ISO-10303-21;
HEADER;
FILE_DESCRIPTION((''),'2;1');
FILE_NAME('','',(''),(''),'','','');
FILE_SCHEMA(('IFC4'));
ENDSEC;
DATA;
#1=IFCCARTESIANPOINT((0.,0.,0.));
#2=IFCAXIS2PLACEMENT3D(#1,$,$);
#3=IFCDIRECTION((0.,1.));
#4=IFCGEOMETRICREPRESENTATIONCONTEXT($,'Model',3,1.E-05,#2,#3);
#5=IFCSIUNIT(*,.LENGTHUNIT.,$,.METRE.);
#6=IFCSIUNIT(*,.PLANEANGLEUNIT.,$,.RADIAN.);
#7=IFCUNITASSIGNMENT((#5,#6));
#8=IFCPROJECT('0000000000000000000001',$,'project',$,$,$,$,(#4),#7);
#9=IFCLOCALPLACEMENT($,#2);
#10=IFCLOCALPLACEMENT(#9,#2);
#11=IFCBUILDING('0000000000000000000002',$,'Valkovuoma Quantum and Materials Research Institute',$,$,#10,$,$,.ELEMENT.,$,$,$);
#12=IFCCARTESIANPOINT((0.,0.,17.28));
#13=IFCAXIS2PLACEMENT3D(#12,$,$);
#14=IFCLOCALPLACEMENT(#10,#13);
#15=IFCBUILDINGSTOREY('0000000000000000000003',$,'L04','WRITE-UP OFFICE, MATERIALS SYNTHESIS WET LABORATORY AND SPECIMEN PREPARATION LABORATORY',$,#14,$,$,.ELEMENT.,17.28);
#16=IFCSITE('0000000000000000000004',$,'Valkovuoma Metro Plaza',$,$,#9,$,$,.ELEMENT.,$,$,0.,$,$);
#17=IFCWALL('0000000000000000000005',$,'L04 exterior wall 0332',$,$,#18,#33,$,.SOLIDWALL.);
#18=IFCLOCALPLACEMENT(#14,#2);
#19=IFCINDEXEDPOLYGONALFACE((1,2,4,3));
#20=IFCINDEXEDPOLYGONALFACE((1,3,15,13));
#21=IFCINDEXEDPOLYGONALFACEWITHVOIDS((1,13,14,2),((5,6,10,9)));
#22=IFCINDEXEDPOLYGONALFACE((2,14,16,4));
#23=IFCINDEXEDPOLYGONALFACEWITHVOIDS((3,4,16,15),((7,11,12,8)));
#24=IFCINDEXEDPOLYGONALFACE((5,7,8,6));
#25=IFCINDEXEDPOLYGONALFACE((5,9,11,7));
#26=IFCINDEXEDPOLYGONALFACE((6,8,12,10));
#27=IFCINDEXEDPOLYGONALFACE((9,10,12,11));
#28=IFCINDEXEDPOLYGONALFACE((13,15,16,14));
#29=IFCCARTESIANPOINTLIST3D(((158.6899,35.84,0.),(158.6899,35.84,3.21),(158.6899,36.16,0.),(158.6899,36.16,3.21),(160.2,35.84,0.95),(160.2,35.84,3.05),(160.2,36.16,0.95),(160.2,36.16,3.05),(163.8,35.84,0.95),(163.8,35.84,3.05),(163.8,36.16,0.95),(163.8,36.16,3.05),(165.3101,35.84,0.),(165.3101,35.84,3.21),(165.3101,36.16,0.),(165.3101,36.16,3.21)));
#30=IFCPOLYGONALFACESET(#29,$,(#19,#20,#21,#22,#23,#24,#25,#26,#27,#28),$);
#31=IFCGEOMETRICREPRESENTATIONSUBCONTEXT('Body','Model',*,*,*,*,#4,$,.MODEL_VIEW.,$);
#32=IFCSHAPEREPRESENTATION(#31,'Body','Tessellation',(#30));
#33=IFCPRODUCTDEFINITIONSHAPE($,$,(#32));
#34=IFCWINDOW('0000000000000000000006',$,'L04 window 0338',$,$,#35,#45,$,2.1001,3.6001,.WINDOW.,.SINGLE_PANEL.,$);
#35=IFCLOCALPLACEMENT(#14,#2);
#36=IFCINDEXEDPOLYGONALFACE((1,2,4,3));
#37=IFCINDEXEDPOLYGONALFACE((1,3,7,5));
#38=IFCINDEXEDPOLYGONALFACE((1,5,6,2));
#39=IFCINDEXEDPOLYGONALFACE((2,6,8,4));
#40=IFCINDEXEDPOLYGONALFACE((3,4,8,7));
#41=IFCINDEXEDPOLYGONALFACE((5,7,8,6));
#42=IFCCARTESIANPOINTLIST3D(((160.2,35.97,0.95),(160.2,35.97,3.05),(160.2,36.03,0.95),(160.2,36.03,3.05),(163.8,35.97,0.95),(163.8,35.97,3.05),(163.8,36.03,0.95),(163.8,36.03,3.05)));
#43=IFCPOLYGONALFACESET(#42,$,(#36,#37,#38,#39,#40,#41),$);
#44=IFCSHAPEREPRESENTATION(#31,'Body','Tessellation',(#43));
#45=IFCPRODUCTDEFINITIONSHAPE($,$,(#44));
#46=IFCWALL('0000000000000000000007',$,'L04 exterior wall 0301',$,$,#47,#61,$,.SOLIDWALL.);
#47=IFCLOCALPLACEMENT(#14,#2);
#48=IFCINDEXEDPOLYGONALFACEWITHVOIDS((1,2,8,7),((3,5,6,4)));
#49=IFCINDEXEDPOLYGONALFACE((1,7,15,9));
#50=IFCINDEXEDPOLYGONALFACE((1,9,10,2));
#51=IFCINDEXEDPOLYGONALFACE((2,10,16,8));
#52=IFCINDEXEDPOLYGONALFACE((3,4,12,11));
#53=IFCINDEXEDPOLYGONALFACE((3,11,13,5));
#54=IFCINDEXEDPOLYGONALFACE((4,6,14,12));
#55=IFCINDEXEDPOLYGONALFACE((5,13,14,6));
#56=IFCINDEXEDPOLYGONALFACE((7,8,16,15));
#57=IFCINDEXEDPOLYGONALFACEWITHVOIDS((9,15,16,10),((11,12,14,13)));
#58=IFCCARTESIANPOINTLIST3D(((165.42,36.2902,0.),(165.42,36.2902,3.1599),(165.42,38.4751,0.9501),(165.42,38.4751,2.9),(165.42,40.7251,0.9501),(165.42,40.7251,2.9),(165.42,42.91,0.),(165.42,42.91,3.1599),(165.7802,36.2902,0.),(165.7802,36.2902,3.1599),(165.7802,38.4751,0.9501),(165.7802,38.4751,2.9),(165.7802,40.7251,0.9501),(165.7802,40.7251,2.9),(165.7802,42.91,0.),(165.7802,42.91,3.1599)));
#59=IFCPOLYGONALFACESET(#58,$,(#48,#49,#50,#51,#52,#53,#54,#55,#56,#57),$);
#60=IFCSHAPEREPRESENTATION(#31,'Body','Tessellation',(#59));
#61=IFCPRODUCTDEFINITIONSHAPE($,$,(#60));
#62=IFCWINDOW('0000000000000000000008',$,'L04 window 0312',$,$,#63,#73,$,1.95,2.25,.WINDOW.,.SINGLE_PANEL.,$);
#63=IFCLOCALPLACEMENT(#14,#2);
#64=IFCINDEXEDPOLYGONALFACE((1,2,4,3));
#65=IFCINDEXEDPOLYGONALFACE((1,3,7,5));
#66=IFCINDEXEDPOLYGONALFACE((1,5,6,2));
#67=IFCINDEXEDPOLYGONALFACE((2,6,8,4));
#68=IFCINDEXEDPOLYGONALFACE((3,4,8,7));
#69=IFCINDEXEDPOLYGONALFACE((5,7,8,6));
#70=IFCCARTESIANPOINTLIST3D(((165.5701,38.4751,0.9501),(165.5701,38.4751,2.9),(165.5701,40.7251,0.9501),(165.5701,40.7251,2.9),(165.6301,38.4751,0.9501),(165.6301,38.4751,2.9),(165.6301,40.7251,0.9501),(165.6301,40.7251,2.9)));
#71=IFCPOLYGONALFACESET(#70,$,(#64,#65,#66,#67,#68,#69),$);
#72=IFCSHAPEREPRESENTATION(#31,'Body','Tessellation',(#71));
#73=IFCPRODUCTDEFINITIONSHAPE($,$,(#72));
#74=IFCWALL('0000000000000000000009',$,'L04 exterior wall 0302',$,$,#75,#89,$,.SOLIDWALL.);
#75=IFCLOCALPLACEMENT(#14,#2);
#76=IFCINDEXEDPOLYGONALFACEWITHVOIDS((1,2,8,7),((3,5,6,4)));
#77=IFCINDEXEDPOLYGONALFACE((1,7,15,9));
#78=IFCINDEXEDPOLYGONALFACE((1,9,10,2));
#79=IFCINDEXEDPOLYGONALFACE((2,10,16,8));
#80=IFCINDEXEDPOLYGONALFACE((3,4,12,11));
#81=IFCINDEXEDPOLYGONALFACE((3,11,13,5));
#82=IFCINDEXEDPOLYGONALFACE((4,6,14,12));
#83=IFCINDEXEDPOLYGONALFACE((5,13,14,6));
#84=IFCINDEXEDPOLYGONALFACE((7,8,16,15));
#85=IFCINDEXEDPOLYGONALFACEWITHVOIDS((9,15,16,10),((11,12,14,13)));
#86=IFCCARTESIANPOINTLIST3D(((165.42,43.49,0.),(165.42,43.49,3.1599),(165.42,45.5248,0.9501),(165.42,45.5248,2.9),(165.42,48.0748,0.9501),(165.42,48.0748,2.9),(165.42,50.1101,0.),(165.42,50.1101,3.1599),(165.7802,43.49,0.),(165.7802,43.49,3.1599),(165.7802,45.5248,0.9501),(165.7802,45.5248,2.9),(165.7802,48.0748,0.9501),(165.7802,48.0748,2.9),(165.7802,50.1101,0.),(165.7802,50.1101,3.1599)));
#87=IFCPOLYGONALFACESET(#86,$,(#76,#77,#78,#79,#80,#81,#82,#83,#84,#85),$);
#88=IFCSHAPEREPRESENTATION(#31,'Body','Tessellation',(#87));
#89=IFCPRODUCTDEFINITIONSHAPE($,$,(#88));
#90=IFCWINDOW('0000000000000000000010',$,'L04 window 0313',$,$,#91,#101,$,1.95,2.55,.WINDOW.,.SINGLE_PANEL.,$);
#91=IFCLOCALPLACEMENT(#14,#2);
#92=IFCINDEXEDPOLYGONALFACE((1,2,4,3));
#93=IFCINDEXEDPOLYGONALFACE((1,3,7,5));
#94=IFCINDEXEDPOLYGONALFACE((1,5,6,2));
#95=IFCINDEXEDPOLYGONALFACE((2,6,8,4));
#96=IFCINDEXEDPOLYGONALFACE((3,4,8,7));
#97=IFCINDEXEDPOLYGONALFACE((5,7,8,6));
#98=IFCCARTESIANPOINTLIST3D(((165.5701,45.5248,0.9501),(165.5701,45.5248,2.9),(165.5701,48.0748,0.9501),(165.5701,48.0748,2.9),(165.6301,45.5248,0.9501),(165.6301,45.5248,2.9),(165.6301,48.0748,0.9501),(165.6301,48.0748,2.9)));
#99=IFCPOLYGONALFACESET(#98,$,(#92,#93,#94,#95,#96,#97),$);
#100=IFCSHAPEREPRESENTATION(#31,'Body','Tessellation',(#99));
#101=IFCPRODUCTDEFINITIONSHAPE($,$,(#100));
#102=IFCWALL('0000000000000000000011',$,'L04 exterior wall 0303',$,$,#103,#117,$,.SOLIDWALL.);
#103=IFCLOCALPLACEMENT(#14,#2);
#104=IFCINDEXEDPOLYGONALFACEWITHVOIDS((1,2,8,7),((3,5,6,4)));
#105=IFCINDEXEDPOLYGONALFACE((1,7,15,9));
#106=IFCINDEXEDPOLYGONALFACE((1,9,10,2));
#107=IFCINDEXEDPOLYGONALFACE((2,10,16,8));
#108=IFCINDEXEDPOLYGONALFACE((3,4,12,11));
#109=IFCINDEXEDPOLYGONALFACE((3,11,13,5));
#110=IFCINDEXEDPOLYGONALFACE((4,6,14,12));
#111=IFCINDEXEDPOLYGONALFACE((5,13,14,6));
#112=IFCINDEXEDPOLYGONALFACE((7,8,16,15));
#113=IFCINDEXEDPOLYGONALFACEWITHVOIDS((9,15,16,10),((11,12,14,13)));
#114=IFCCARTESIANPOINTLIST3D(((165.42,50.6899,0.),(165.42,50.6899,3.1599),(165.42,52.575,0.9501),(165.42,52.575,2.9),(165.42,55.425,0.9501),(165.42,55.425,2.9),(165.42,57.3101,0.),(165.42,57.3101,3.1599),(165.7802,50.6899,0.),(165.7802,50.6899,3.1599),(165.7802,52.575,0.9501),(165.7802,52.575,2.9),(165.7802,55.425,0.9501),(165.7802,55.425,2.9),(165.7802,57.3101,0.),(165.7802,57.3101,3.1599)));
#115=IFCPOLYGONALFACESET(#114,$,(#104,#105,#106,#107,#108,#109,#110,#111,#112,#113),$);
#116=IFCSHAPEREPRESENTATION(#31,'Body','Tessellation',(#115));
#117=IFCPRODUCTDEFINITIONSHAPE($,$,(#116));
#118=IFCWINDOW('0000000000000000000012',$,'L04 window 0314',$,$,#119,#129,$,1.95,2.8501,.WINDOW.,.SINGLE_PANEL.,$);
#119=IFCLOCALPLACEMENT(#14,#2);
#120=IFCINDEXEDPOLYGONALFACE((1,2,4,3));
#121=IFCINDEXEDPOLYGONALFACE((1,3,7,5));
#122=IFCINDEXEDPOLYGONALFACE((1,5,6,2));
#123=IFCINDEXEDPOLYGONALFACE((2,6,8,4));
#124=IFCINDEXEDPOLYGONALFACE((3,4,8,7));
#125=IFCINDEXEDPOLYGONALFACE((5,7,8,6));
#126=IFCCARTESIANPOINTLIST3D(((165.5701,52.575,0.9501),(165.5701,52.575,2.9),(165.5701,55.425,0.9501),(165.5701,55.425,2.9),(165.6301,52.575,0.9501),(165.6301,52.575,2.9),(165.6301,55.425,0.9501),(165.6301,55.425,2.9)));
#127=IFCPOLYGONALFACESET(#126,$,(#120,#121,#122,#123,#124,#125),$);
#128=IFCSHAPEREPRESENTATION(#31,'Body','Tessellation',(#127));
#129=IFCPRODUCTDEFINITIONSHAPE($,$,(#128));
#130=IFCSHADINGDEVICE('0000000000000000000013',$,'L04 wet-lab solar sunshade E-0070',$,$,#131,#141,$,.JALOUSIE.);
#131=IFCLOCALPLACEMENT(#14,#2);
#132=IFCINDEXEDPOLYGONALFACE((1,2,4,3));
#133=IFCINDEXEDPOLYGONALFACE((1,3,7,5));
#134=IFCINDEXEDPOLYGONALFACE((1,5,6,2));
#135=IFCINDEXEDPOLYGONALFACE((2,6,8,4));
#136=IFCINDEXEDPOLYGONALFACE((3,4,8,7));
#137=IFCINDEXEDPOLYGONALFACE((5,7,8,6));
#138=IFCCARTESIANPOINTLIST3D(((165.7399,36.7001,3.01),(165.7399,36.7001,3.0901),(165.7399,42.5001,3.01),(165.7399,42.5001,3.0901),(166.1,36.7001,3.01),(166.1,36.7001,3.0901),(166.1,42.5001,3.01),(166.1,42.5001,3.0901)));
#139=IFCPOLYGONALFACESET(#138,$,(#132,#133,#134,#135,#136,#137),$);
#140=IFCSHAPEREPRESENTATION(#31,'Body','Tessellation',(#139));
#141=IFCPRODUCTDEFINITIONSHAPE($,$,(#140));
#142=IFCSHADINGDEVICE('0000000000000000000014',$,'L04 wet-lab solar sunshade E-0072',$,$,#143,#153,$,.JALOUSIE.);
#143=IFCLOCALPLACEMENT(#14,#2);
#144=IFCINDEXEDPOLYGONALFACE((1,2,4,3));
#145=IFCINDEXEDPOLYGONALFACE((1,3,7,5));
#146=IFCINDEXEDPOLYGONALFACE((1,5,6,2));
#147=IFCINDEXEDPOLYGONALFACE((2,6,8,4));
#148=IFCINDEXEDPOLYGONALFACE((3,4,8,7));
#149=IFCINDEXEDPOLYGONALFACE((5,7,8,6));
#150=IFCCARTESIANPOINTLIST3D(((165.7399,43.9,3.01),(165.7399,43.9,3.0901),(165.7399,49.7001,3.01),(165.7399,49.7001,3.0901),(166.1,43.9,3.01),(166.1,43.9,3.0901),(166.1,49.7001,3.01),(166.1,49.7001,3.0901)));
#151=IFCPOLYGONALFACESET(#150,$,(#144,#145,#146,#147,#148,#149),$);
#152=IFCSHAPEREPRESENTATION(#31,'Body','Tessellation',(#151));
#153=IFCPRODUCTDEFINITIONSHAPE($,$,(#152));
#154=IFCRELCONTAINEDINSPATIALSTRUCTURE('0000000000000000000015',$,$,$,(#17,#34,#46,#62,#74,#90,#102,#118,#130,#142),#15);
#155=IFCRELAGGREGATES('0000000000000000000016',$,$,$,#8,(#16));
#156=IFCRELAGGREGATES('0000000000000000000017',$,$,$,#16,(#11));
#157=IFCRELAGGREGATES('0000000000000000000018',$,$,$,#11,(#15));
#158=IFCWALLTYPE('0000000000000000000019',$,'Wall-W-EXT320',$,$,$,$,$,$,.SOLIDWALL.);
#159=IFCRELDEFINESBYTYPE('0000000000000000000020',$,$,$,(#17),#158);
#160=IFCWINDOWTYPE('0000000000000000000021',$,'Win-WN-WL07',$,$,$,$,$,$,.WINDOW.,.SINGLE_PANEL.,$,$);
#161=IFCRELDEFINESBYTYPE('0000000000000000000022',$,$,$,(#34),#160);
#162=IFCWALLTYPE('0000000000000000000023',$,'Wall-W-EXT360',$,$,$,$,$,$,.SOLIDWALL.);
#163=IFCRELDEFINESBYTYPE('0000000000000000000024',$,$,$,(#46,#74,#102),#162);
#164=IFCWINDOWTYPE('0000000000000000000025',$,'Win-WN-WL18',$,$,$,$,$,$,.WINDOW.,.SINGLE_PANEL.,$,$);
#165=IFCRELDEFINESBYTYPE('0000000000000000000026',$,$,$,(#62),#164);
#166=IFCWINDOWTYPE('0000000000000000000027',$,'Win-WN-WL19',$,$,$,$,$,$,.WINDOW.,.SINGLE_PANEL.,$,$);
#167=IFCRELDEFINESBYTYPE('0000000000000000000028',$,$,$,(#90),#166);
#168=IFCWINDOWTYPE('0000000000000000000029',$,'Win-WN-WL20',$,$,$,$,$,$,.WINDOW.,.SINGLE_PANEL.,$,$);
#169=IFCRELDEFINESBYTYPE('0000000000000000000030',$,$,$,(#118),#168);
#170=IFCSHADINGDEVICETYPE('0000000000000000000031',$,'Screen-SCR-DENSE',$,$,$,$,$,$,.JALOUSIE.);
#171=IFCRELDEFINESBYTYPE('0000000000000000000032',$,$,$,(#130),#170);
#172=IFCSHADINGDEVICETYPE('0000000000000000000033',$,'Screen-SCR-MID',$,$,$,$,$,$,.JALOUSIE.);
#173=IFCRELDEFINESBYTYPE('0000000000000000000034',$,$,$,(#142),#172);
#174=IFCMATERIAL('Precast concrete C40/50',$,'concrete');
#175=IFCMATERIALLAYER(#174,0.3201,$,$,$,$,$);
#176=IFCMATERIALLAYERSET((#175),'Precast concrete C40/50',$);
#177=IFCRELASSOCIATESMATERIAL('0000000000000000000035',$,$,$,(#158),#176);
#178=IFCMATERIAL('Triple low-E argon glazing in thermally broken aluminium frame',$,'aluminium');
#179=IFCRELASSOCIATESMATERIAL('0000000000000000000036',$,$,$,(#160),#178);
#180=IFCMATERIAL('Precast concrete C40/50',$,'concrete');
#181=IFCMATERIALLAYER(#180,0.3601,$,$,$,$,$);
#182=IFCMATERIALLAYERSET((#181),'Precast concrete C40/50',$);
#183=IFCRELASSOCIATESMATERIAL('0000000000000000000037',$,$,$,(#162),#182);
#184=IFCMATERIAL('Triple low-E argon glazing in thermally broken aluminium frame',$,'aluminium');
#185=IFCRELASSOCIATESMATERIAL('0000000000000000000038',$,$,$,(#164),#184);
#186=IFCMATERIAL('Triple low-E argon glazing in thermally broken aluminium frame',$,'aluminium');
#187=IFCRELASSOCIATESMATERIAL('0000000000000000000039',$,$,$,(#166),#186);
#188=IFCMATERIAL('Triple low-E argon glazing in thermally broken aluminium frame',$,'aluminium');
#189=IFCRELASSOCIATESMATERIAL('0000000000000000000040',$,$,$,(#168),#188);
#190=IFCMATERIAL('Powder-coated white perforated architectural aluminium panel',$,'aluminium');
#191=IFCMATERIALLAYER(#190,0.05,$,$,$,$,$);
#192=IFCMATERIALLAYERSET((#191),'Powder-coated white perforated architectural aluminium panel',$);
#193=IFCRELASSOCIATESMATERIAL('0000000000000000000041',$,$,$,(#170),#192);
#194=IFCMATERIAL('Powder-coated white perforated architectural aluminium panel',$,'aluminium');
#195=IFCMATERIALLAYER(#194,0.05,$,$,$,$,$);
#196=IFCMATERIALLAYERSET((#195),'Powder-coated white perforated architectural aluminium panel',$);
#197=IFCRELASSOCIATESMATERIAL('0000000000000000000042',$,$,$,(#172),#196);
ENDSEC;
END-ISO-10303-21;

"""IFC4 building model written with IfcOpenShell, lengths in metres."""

from ifc_helpers import new_model, si_unit, direction, frame, frame_2d, origin, origin_2d, place, context, subcontext, project, spatial, rectangle, extrude, material, layer, layer_set, type_object, element, fill, save


model = new_model("IFC4")

# Units and contexts
model_context = context("Model", 3, precision=1e-05, world=origin(), true_north=direction((0.0, 1.0)))
body_context = subcontext(model_context, "Body", "Model", "MODEL_VIEW")
ifc_project = project(units=[si_unit("LENGTHUNIT", "METRE"), si_unit("PLANEANGLEUNIT", "RADIAN")], contexts=[model_context])

# Site, building, storey
site_placement = place(None, origin())
site = spatial("IfcSite", under=ifc_project, at=site_placement, Name="Valkovuoma Metro Plaza", CompositionType="ELEMENT", RefElevation=0.0)
building_placement = place(site_placement, origin())
building = spatial("IfcBuilding", under=site, at=building_placement, Name="Valkovuoma Quantum and Materials Research Institute", CompositionType="ELEMENT")
storey_placement = place(building_placement, frame((0.0, 0.0, 17.28)))
storey = spatial("IfcBuildingStorey", under=building, at=storey_placement, Name="L04", Description="WRITE-UP OFFICE, MATERIALS SYNTHESIS WET LABORATORY AND SPECIMEN PREPARATION LABORATORY", CompositionType="ELEMENT", Elevation=17.28)

# Walls, openings, windows
ifc_material_1 = material(Name="Precast concrete C40/50", Category="concrete")
ifc_layer_1 = layer(ifc_material_1, 0.3201)
ifc_layer_set_1 = layer_set([ifc_layer_1], Name="Precast concrete C40/50")
wall_type_1 = type_object("IfcWallType", Name="Wall-W-EXT320", PredefinedType="SOLIDWALL", material=ifc_layer_set_1)
wall_1_placement = place(storey_placement, frame((158.6899, 36.0, 0.0), z_axis=(0.0, 0.0, 1.0), x_axis=(1.0, 0.0, 0.0)))
wall_1 = element("IfcWall", 1, at=wall_1_placement, inside=storey, type_object=wall_type_1, Name="L04 exterior wall 0332", PredefinedType="SOLIDWALL", context=body_context, shape_type="SweptSolid", body=[
    extrude(rectangle(XDim=6.6201, YDim=0.3201, at=frame_2d((3.3101, 0.0))), origin(), (0.0, 0.0, 1.0), 3.21),
])
opening_1_placement = place(wall_1_placement, frame((1.51, 0.0, 0.95)))
opening_1 = element("IfcOpeningElement", 2, at=opening_1_placement, cuts=wall_1, PredefinedType="OPENING", context=body_context, shape_type="SweptSolid", body=[
    extrude(rectangle(XDim=3.6001, YDim=2.1001, at=frame_2d((1.8, 1.05))), frame((0.0, 0.1699, 0.0), z_axis=(0.0, -1.0, 0.0), x_axis=(1.0, 0.0, 0.0)), (0.0, 0.0, 1.0), 0.3401),
])
ifc_material_2 = material(Name="Triple low-E argon glazing in thermally broken aluminium frame", Category="aluminium")
window_type_1 = type_object("IfcWindowType", Name="Win-WN-WL07", PartitioningType="SINGLE_PANEL", PredefinedType="WINDOW", material=ifc_material_2)
window_1_placement = place(opening_1_placement, origin())
window_1 = element("IfcWindow", 3, at=window_1_placement, inside=storey, type_object=window_type_1, Name="L04 window 0338", OverallHeight=2.1001, OverallWidth=3.6001, PartitioningType="SINGLE_PANEL", PredefinedType="WINDOW", context=body_context, shape_type="SweptSolid", body=[
    extrude(rectangle(XDim=3.6001, YDim=2.1001, at=frame_2d((1.8, 1.05))), frame((0.0, 0.03, 0.0), z_axis=(0.0, -1.0, 0.0), x_axis=(1.0, 0.0, 0.0)), (0.0, 0.0, 1.0), 0.0601),
])
fill(opening_1, window_1)
ifc_material_3 = material(Name="Precast concrete C40/50", Category="concrete")
ifc_layer_2 = layer(ifc_material_3, 0.3601)
ifc_layer_set_2 = layer_set([ifc_layer_2], Name="Precast concrete C40/50")
wall_type_2 = type_object("IfcWallType", Name="Wall-W-EXT360", PredefinedType="SOLIDWALL", material=ifc_layer_set_2)
wall_2_placement = place(storey_placement, frame((165.6001, 36.29, 0.0), z_axis=(0.0, 0.0, 1.0), x_axis=(0.0, 1.0, 0.0)))
wall_2 = element("IfcWall", 4, at=wall_2_placement, inside=storey, type_object=wall_type_2, Name="L04 exterior wall 0301", PredefinedType="SOLIDWALL", context=body_context, shape_type="SweptSolid", body=[
    extrude(rectangle(XDim=6.6199, YDim=0.3601, at=frame_2d((3.3101, 0.0))), origin(), (0.0, 0.0, 1.0), 3.1599),
])
opening_2_placement = place(wall_2_placement, frame((2.1851, 0.0, 0.95)))
opening_2 = element("IfcOpeningElement", 5, at=opening_2_placement, cuts=wall_2, PredefinedType="OPENING", context=body_context, shape_type="SweptSolid", body=[
    extrude(rectangle(XDim=2.25, YDim=1.95, at=frame_2d((1.125, 0.9751))), frame((0.0, 0.1899, 0.0), z_axis=(0.0, -1.0, 0.0), x_axis=(1.0, 0.0, 0.0)), (0.0, 0.0, 1.0), 0.3801),
])
ifc_material_4 = material(Name="Triple low-E argon glazing in thermally broken aluminium frame", Category="aluminium")
window_type_2 = type_object("IfcWindowType", Name="Win-WN-WL18", PartitioningType="SINGLE_PANEL", PredefinedType="WINDOW", material=ifc_material_4)
window_2_placement = place(opening_2_placement, origin())
window_2 = element("IfcWindow", 6, at=window_2_placement, inside=storey, type_object=window_type_2, Name="L04 window 0312", OverallHeight=1.95, OverallWidth=2.25, PartitioningType="SINGLE_PANEL", PredefinedType="WINDOW", context=body_context, shape_type="SweptSolid", body=[
    extrude(rectangle(XDim=2.25, YDim=1.95, at=frame_2d((1.125, 0.9751))), frame((0.0, 0.03, 0.0), z_axis=(0.0, -1.0, 0.0), x_axis=(1.0, 0.0, 0.0)), (0.0, 0.0, 1.0), 0.0601),
])
fill(opening_2, window_2)
wall_3_placement = place(storey_placement, frame((165.6001, 43.49, 0.0), z_axis=(0.0, 0.0, 1.0), x_axis=(0.0, 1.0, 0.0)))
wall_3 = element("IfcWall", 7, at=wall_3_placement, inside=storey, type_object=wall_type_2, Name="L04 exterior wall 0302", PredefinedType="SOLIDWALL", context=body_context, shape_type="SweptSolid", body=[
    extrude(rectangle(XDim=6.6201, YDim=0.3601, at=frame_2d((3.3101, 0.0))), origin(), (0.0, 0.0, 1.0), 3.1599),
])
opening_3_placement = place(wall_3_placement, frame((2.0349, 0.0, 0.95)))
opening_3 = element("IfcOpeningElement", 8, at=opening_3_placement, cuts=wall_3, PredefinedType="OPENING", context=body_context, shape_type="SweptSolid", body=[
    extrude(rectangle(XDim=2.55, YDim=1.95, at=frame_2d((1.2749, 0.9751))), frame((0.0, 0.1899, 0.0), z_axis=(0.0, -1.0, 0.0), x_axis=(1.0, 0.0, 0.0)), (0.0, 0.0, 1.0), 0.3801),
])
ifc_material_5 = material(Name="Triple low-E argon glazing in thermally broken aluminium frame", Category="aluminium")
window_type_3 = type_object("IfcWindowType", Name="Win-WN-WL19", PartitioningType="SINGLE_PANEL", PredefinedType="WINDOW", material=ifc_material_5)
window_3_placement = place(opening_3_placement, origin())
window_3 = element("IfcWindow", 9, at=window_3_placement, inside=storey, type_object=window_type_3, Name="L04 window 0313", OverallHeight=1.95, OverallWidth=2.55, PartitioningType="SINGLE_PANEL", PredefinedType="WINDOW", context=body_context, shape_type="SweptSolid", body=[
    extrude(rectangle(XDim=2.55, YDim=1.95, at=frame_2d((1.2749, 0.9751))), frame((0.0, 0.03, 0.0), z_axis=(0.0, -1.0, 0.0), x_axis=(1.0, 0.0, 0.0)), (0.0, 0.0, 1.0), 0.0601),
])
fill(opening_3, window_3)
wall_4_placement = place(storey_placement, frame((165.6001, 50.6899, 0.0), z_axis=(0.0, 0.0, 1.0), x_axis=(0.0, 1.0, 0.0)))
wall_4 = element("IfcWall", 10, at=wall_4_placement, inside=storey, type_object=wall_type_2, Name="L04 exterior wall 0303", PredefinedType="SOLIDWALL", context=body_context, shape_type="SweptSolid", body=[
    extrude(rectangle(XDim=6.6201, YDim=0.3601, at=frame_2d((3.3101, 0.0))), origin(), (0.0, 0.0, 1.0), 3.1599),
])
opening_4_placement = place(wall_4_placement, frame((1.885, 0.0, 0.95)))
opening_4 = element("IfcOpeningElement", 11, at=opening_4_placement, cuts=wall_4, PredefinedType="OPENING", context=body_context, shape_type="SweptSolid", body=[
    extrude(rectangle(XDim=2.8501, YDim=1.95, at=frame_2d((1.425, 0.9751))), frame((0.0, 0.1899, 0.0), z_axis=(0.0, -1.0, 0.0), x_axis=(1.0, 0.0, 0.0)), (0.0, 0.0, 1.0), 0.3801),
])
ifc_material_6 = material(Name="Triple low-E argon glazing in thermally broken aluminium frame", Category="aluminium")
window_type_4 = type_object("IfcWindowType", Name="Win-WN-WL20", PartitioningType="SINGLE_PANEL", PredefinedType="WINDOW", material=ifc_material_6)
window_4_placement = place(opening_4_placement, origin())
window_4 = element("IfcWindow", 12, at=window_4_placement, inside=storey, type_object=window_type_4, Name="L04 window 0314", OverallHeight=1.95, OverallWidth=2.8501, PartitioningType="SINGLE_PANEL", PredefinedType="WINDOW", context=body_context, shape_type="SweptSolid", body=[
    extrude(rectangle(XDim=2.8501, YDim=1.95, at=frame_2d((1.425, 0.9751))), frame((0.0, 0.03, 0.0), z_axis=(0.0, -1.0, 0.0), x_axis=(1.0, 0.0, 0.0)), (0.0, 0.0, 1.0), 0.0601),
])
fill(opening_4, window_4)

# Shading devices
ifc_material_7 = material(Name="Powder-coated white perforated architectural aluminium panel", Category="aluminium")
ifc_layer_3 = layer(ifc_material_7, 0.05)
ifc_layer_set_3 = layer_set([ifc_layer_3], Name="Powder-coated white perforated architectural aluminium panel")
shading_device_type_1 = type_object("IfcShadingDeviceType", Name="Screen-SCR-DENSE", PredefinedType="JALOUSIE", material=ifc_layer_set_3)
shading_device_1_placement = place(storey_placement, frame((165.9199, 39.6001, 3.01), z_axis=(0.0, 0.0, 1.0), x_axis=(1.0, 0.0, 0.0)))
element("IfcShadingDevice", 13, at=shading_device_1_placement, inside=storey, type_object=shading_device_type_1, Name="L04 wet-lab solar sunshade E-0070", PredefinedType="JALOUSIE", context=body_context, shape_type="SweptSolid", body=[
    extrude(rectangle(XDim=0.3601, YDim=5.8, at=origin_2d()), origin(), (0.0, 0.0, 1.0), 0.0801),
])
ifc_material_8 = material(Name="Powder-coated white perforated architectural aluminium panel", Category="aluminium")
ifc_layer_4 = layer(ifc_material_8, 0.05)
ifc_layer_set_4 = layer_set([ifc_layer_4], Name="Powder-coated white perforated architectural aluminium panel")
shading_device_type_2 = type_object("IfcShadingDeviceType", Name="Screen-SCR-MID", PredefinedType="JALOUSIE", material=ifc_layer_set_4)
shading_device_2_placement = place(storey_placement, frame((165.9199, 46.8, 3.01), z_axis=(0.0, 0.0, 1.0), x_axis=(1.0, 0.0, 0.0)))
element("IfcShadingDevice", 14, at=shading_device_2_placement, inside=storey, type_object=shading_device_type_2, Name="L04 wet-lab solar sunshade E-0072", PredefinedType="JALOUSIE", context=body_context, shape_type="SweptSolid", body=[
    extrude(rectangle(XDim=0.3601, YDim=5.8, at=origin_2d()), origin(), (0.0, 0.0, 1.0), 0.0801),
])

save(model, "model.ifc")
